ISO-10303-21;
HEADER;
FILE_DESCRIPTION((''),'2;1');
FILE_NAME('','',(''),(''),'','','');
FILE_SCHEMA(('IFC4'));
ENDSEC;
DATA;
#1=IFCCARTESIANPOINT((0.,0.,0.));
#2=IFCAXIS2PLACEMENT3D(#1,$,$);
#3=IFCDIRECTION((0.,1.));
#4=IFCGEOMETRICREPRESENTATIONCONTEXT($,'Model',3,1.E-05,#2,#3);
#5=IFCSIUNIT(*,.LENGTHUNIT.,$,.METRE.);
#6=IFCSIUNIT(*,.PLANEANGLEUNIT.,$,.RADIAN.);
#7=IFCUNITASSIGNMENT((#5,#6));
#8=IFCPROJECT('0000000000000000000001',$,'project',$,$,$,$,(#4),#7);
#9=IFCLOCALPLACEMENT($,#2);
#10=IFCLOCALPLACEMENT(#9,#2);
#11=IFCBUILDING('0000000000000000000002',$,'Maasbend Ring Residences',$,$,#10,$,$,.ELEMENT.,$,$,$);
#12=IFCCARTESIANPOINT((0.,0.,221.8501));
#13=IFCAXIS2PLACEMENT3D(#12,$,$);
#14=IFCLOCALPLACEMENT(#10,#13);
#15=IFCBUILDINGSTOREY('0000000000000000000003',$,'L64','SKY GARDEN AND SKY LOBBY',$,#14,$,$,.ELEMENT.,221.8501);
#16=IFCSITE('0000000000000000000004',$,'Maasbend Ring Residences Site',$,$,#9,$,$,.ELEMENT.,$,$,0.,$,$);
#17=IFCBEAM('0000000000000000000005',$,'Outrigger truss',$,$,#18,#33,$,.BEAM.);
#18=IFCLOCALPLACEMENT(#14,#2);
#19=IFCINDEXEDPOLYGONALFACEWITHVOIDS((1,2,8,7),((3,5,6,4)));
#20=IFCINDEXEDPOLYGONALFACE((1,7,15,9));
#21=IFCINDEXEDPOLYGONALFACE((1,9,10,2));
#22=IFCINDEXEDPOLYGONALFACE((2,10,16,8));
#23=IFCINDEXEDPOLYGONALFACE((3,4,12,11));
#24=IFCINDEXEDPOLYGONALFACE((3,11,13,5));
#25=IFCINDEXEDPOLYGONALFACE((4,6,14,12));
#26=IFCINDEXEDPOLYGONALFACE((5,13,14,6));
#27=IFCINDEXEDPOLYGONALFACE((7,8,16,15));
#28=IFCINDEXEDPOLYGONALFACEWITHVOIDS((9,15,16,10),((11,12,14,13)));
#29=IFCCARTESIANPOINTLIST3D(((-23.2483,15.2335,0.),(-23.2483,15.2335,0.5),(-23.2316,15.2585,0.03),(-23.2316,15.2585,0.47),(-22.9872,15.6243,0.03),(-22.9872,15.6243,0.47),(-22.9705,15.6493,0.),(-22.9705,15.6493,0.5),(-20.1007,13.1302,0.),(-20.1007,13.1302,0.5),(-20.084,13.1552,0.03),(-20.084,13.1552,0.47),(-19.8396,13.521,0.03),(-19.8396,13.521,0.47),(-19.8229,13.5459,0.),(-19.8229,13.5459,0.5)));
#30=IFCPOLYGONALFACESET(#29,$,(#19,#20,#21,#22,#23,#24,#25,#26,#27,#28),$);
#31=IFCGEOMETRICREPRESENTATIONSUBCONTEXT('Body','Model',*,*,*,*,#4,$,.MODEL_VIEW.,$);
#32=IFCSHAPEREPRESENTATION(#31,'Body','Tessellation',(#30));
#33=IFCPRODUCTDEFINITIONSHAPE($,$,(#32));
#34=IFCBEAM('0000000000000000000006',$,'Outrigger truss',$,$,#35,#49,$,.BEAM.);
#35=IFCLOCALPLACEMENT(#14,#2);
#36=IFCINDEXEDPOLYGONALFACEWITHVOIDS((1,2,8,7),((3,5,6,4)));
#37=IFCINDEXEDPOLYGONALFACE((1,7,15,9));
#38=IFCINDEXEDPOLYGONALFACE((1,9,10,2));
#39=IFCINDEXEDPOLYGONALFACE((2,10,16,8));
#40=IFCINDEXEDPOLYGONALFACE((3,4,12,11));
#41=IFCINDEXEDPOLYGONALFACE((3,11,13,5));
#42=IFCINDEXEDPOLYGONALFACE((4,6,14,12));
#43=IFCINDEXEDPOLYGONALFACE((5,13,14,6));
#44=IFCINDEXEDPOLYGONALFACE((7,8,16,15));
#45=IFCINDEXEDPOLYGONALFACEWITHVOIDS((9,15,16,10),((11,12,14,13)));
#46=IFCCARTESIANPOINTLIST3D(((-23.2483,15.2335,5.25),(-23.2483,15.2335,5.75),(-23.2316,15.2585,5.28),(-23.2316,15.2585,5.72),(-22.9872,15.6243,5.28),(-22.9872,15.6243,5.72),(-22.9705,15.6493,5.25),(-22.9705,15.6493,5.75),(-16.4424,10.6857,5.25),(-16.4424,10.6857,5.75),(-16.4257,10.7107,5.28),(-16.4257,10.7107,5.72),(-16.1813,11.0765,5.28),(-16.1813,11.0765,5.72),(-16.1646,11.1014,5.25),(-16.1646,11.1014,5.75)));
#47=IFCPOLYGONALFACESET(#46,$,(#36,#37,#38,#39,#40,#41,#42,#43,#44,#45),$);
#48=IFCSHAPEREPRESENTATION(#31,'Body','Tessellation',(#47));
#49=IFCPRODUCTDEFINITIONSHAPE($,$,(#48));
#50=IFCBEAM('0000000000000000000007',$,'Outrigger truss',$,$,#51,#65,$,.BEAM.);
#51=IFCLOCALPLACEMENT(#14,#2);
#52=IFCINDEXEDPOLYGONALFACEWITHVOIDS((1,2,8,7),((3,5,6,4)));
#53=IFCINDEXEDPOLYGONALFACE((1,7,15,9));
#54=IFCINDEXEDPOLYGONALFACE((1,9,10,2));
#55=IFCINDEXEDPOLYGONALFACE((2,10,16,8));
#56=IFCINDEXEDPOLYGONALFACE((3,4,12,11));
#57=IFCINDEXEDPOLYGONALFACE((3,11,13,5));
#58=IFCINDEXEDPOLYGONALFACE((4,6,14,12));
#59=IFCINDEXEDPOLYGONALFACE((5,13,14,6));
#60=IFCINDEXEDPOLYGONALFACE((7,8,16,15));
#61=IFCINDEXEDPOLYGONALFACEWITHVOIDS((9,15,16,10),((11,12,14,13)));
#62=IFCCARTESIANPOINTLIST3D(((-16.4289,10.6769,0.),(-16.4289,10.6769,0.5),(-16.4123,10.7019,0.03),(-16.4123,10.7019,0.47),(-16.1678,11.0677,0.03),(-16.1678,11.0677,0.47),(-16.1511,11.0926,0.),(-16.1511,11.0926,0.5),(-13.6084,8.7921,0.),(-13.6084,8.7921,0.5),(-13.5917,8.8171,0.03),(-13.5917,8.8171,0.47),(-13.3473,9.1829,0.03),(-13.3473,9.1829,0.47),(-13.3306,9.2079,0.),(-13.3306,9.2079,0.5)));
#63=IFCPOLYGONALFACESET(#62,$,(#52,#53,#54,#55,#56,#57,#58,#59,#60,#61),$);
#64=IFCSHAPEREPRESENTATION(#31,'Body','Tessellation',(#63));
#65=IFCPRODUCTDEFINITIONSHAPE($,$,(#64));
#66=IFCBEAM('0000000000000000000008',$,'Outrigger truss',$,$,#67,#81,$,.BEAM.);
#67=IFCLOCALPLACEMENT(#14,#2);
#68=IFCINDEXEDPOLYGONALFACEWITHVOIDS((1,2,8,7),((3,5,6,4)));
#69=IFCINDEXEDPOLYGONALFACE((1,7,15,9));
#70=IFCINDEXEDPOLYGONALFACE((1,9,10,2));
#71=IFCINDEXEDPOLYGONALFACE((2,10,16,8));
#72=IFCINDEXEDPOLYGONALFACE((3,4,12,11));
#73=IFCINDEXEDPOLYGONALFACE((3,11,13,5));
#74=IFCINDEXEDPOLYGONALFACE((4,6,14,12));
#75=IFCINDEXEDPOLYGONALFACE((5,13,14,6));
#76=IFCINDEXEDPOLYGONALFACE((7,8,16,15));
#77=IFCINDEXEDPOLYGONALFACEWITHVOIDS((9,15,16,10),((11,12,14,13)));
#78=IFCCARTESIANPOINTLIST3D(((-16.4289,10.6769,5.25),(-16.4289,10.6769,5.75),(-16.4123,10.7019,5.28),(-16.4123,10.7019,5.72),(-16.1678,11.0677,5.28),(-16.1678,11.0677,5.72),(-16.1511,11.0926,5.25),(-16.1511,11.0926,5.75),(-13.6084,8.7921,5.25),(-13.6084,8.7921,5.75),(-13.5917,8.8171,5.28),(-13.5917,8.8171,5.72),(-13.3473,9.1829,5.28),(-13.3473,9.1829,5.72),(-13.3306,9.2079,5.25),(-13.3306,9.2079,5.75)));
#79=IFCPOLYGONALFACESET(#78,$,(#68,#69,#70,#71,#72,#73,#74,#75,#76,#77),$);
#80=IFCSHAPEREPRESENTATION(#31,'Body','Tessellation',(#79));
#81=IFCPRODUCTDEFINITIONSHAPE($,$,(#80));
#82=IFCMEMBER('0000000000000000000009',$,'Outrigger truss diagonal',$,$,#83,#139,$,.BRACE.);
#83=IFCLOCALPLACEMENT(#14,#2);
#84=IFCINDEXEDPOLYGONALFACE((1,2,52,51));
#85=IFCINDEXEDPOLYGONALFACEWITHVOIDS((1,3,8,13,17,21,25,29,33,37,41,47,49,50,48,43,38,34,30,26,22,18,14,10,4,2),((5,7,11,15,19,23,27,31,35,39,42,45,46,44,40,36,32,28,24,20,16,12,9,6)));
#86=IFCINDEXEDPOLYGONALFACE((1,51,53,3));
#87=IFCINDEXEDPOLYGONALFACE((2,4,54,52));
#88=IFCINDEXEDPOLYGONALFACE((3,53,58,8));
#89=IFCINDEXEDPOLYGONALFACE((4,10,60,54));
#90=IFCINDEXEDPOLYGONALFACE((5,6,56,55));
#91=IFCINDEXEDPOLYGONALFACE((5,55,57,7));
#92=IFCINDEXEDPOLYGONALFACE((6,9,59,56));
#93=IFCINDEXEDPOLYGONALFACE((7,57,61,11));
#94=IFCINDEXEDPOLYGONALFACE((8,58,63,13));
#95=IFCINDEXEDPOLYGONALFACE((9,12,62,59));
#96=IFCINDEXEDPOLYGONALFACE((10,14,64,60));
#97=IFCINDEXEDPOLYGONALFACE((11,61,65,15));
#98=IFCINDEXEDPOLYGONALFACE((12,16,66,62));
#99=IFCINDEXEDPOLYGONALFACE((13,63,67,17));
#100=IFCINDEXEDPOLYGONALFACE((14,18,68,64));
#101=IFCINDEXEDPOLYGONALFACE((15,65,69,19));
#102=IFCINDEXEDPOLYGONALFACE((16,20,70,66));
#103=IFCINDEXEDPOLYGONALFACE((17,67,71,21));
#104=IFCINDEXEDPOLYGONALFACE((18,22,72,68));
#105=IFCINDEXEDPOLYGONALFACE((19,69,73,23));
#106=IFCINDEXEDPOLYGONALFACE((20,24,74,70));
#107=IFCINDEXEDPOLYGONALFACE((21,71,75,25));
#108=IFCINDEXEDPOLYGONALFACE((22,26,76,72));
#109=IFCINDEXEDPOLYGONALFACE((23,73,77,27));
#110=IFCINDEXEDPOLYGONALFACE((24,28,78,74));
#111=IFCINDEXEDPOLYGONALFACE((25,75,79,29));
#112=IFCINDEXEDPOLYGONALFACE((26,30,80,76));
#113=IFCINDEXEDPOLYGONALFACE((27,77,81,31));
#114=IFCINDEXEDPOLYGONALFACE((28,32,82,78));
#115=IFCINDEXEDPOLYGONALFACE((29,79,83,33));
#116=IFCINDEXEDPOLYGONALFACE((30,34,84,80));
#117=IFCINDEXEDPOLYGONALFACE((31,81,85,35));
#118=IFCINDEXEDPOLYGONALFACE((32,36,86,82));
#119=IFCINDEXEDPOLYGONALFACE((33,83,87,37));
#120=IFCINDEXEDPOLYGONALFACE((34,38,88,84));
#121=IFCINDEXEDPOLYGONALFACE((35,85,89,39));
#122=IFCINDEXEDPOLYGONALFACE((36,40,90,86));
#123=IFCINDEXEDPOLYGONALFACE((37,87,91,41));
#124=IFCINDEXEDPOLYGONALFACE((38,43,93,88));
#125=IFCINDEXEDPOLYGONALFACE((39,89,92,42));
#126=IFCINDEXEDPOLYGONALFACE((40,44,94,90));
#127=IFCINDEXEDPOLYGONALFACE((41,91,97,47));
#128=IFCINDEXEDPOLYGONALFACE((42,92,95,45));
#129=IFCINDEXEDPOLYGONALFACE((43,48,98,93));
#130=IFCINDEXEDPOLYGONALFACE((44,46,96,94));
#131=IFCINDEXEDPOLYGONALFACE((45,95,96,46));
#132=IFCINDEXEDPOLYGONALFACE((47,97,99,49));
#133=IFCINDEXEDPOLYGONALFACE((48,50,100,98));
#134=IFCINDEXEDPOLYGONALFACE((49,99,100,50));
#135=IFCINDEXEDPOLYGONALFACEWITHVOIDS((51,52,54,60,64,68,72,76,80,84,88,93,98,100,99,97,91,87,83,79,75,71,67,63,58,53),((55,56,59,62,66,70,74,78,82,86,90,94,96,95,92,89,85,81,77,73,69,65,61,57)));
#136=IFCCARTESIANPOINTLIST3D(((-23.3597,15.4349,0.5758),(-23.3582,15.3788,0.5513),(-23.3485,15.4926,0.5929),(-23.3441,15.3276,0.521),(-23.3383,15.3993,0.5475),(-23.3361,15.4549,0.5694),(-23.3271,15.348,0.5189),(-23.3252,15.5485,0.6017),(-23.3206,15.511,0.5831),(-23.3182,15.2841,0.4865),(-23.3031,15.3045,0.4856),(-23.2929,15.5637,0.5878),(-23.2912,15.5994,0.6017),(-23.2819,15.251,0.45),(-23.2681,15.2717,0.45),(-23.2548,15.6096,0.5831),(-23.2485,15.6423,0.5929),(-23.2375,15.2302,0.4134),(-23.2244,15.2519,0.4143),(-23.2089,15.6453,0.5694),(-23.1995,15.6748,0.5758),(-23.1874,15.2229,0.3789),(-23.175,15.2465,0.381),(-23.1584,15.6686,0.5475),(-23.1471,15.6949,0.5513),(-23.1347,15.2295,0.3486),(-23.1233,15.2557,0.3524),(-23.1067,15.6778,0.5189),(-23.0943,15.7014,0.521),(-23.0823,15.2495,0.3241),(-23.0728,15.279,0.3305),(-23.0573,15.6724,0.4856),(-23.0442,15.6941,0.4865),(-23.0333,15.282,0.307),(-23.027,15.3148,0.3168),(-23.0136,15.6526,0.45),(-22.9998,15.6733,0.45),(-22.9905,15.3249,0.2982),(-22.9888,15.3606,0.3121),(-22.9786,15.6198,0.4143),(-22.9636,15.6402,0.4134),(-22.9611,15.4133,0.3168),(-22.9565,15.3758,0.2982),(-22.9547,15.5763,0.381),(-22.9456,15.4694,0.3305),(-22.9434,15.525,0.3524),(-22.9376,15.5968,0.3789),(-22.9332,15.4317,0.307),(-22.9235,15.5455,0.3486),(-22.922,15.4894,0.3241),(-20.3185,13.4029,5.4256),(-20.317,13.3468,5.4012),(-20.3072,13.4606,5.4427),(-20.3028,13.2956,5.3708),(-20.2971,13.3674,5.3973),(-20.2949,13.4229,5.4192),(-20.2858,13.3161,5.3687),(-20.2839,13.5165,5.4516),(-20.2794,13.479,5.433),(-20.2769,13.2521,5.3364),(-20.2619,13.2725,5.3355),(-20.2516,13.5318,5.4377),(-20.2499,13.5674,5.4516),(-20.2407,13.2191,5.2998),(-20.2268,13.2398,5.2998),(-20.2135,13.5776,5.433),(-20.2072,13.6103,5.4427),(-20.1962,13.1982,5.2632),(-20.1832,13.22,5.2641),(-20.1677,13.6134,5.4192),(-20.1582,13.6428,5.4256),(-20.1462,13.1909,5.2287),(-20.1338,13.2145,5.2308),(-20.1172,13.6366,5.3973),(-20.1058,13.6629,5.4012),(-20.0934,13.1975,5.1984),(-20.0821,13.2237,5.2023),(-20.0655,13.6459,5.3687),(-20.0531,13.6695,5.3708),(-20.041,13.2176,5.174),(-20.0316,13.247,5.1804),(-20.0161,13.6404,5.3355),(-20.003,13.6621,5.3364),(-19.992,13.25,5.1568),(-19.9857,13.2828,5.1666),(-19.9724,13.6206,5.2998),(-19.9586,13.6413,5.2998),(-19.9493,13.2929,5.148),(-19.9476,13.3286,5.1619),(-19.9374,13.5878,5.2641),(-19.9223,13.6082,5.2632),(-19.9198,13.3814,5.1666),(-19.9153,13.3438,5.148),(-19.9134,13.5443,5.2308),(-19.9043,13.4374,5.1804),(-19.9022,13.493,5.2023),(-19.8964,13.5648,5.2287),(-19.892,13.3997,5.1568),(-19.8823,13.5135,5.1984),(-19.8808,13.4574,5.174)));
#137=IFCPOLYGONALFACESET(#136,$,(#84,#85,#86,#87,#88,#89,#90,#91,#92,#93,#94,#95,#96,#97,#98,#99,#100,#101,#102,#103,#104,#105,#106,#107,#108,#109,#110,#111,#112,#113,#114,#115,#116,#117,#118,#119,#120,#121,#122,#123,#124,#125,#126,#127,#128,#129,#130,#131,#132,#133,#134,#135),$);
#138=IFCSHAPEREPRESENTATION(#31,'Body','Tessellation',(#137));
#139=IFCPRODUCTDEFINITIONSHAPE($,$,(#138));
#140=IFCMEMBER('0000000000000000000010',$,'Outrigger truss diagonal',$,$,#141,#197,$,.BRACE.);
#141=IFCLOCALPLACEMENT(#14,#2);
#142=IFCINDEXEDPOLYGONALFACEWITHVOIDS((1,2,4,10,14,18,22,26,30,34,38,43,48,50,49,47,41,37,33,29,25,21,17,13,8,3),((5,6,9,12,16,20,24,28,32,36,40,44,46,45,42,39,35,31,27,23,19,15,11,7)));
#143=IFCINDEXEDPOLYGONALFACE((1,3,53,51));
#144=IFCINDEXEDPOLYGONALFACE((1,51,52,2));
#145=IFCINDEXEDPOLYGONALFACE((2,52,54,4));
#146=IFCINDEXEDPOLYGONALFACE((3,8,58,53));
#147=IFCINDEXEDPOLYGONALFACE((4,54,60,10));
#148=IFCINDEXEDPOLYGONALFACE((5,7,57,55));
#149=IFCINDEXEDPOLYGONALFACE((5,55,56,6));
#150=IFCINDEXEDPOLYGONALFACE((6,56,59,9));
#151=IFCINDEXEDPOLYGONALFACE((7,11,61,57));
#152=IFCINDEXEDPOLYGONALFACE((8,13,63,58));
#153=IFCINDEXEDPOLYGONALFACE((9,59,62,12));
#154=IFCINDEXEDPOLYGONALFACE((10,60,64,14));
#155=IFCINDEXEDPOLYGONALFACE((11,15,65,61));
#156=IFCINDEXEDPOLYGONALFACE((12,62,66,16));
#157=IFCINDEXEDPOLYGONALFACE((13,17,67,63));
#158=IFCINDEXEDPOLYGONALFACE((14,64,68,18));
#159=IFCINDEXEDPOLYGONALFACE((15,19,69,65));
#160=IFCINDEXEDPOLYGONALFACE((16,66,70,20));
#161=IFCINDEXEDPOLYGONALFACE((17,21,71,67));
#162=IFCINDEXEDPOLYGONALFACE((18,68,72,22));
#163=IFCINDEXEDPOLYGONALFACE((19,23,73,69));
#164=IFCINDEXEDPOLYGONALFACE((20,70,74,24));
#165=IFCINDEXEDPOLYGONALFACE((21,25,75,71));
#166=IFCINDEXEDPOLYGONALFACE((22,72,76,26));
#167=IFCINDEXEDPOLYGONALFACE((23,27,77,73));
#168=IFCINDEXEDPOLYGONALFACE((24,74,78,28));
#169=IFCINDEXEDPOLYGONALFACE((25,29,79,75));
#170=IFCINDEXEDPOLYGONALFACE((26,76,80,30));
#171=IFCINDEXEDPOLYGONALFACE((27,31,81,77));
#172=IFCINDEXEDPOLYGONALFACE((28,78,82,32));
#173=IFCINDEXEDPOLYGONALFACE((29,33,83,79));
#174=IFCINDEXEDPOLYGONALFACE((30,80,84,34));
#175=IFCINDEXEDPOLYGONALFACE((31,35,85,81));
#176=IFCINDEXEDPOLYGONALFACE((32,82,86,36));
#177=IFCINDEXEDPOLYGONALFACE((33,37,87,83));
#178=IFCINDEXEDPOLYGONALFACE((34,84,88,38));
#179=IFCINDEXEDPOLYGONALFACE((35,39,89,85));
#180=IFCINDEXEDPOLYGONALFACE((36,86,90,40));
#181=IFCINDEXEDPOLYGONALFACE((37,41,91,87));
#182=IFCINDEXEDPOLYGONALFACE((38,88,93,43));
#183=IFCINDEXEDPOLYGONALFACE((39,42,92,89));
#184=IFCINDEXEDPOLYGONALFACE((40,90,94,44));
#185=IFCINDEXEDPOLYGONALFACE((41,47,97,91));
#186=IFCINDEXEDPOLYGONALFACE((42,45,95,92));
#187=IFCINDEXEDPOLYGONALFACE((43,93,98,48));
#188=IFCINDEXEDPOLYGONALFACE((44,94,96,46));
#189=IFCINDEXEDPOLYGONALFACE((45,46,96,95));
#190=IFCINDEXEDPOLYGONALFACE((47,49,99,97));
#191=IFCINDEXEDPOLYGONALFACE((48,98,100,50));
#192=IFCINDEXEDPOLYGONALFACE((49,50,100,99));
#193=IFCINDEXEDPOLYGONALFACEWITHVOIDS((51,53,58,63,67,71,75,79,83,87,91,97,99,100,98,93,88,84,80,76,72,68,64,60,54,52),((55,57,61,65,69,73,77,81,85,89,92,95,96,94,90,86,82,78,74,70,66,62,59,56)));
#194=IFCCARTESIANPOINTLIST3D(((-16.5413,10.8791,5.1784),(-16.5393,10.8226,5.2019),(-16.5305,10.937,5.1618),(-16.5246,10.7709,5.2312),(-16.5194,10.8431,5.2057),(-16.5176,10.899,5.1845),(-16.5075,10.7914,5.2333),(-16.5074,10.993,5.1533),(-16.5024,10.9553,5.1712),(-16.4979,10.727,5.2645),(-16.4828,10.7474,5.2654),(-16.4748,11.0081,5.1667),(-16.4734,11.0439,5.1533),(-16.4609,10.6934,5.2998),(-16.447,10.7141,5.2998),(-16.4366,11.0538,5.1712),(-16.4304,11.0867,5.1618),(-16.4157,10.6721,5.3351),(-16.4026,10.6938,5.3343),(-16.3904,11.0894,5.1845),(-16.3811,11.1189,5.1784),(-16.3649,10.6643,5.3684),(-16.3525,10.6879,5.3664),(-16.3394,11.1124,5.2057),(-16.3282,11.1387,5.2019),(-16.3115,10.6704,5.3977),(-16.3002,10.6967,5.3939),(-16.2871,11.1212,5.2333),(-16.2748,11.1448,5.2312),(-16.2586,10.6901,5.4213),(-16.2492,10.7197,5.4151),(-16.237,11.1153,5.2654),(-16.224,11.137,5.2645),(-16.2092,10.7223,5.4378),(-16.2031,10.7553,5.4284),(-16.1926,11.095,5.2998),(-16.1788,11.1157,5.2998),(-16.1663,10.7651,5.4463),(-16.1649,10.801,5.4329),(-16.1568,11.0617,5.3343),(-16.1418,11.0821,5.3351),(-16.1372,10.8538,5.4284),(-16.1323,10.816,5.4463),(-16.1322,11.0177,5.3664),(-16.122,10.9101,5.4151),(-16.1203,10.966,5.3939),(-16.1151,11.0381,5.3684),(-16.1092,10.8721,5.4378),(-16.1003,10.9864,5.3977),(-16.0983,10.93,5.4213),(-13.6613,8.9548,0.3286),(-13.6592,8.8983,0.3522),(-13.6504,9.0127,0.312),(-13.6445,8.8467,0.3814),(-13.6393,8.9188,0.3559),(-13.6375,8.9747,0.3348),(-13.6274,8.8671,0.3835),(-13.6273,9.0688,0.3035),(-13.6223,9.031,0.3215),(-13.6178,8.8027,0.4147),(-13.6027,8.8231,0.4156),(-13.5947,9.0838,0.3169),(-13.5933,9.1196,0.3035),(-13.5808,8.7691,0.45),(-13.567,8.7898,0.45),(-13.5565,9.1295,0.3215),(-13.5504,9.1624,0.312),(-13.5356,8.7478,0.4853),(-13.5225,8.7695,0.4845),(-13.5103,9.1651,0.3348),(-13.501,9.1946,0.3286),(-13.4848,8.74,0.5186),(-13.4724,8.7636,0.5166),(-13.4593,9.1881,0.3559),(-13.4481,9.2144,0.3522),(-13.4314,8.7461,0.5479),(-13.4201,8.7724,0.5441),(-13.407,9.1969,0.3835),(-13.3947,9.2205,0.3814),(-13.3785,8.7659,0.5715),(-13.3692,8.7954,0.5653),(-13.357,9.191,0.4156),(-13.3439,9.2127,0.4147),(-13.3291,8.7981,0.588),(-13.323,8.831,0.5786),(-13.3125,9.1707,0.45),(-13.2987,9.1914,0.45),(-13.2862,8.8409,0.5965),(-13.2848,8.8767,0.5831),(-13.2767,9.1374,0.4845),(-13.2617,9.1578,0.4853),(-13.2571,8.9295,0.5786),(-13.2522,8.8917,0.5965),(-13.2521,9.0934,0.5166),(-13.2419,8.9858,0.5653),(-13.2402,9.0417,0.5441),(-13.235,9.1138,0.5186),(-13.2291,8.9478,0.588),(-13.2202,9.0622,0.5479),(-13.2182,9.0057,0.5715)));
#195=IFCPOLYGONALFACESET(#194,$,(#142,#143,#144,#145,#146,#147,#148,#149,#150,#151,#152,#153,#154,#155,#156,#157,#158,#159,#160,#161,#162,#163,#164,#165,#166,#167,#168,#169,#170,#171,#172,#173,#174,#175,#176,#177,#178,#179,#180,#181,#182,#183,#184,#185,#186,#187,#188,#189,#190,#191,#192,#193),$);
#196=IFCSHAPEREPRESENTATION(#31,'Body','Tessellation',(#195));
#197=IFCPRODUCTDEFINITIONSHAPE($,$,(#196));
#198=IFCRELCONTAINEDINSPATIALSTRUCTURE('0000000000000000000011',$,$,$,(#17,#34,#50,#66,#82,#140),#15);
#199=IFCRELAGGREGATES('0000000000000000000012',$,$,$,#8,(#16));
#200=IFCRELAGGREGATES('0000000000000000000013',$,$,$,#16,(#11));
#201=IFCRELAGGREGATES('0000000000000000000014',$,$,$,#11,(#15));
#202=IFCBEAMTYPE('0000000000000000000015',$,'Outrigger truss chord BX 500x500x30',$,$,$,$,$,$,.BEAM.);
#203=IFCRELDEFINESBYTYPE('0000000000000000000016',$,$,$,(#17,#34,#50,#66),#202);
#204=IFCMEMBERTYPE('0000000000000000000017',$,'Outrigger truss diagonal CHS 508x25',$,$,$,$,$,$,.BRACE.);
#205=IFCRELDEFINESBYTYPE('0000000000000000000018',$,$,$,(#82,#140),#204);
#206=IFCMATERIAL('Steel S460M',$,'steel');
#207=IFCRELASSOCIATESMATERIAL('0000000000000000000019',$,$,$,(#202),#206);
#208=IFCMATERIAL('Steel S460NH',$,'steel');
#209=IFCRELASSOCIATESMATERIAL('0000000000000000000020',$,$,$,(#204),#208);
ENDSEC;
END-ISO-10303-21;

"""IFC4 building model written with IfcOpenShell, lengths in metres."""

from ifc_helpers import new_model, si_unit, direction, frame, origin, origin_2d, place, context, subcontext, project, spatial, hollow_rectangle, hollow_circle, extrude, material, material_profile, profile_set, type_object, element, save


model = new_model("IFC4")

# Units and contexts
model_context = context("Model", 3, precision=1e-05, world=origin(), true_north=direction((0.0, 1.0)))
body_context = subcontext(model_context, "Body", "Model", "MODEL_VIEW")
ifc_project = project(units=[si_unit("LENGTHUNIT", "METRE"), si_unit("PLANEANGLEUNIT", "RADIAN")], contexts=[model_context])

# Site, building, storey
site_placement = place(None, origin())
site = spatial("IfcSite", under=ifc_project, at=site_placement, Name="Maasbend Ring Residences Site", CompositionType="ELEMENT", RefElevation=0.0)
building_placement = place(site_placement, origin())
building = spatial("IfcBuilding", under=site, at=building_placement, Name="Maasbend Ring Residences", CompositionType="ELEMENT")
storey_placement = place(building_placement, frame((0.0, 0.0, 221.8501)))
storey = spatial("IfcBuildingStorey", under=building, at=storey_placement, Name="L64", Description="SKY GARDEN AND SKY LOBBY", CompositionType="ELEMENT", Elevation=221.8501)

# Beams
ifc_material_1 = material(Name="Steel S460M", Category="steel")
ifc_material_profile_1 = material_profile(ifc_material_1, hollow_rectangle(XDim=0.5, YDim=0.5, WallThickness=0.03, at=origin_2d()), Name="Outrigger truss chord BX 500x500x30")
ifc_profile_set_1 = profile_set([ifc_material_profile_1], Name="Steel S460M")
beam_type_1 = type_object("IfcBeamType", Name="Outrigger truss chord BX 500x500x30", PredefinedType="BEAM", material=ifc_profile_set_1)
beam_1_placement = place(storey_placement, frame((-23.1094, 15.4414, 0.25), z_axis=(0.831445, -0.555608, 0.0), x_axis=(0.555608, 0.831445, 0.0)))
element("IfcBeam", 1, at=beam_1_placement, inside=storey, type_object=beam_type_1, Name="Outrigger truss", PredefinedType="BEAM", context=body_context, shape_type="SweptSolid", body=[
    extrude(hollow_rectangle(XDim=0.5, YDim=0.5, WallThickness=0.03, at=origin_2d()), origin(), (0.0, 0.0, 1.0), 3.7856),
])
beam_2_placement = place(storey_placement, frame((-23.1094, 15.4414, 5.5), z_axis=(0.831453, -0.555595, 0.0), x_axis=(0.555595, 0.831453, 0.0)))
element("IfcBeam", 2, at=beam_2_placement, inside=storey, type_object=beam_type_1, Name="Outrigger truss", PredefinedType="BEAM", context=body_context, shape_type="SweptSolid", body=[
    extrude(hollow_rectangle(XDim=0.5, YDim=0.5, WallThickness=0.03, at=origin_2d()), origin(), (0.0, 0.0, 1.0), 8.1855),
])
for number, where, z_axis, x_axis, name in (
    (3, (-16.29, 10.8848, 0.25), (0.831452, -0.555597, 0.0), (0.555597, 0.831452, 0.0), "Outrigger truss"),
    (4, (-16.29, 10.8848, 5.5), (0.831452, -0.555597, 0.0), (0.555597, 0.831452, 0.0), "Outrigger truss"),
):
    element("IfcBeam", number, at=place(storey_placement, frame(where, z_axis=z_axis, x_axis=x_axis)), inside=storey, type_object=beam_type_1, Name=name, PredefinedType="BEAM", context=body_context, shape_type="SweptSolid", body=[
        extrude(hollow_rectangle(XDim=0.5, YDim=0.5, WallThickness=0.03, at=origin_2d()), origin(), (0.0, 0.0, 1.0), 3.3923),
    ])

# Members
ifc_material_2 = material(Name="Steel S460NH", Category="steel")
ifc_material_profile_2 = material_profile(ifc_material_2, hollow_circle(Radius=0.2539, WallThickness=0.0249, at=origin_2d()), Name="Outrigger truss diagonal CHS 508x25")
ifc_profile_set_2 = profile_set([ifc_material_profile_2], Name="Steel S460NH")
member_type_1 = type_object("IfcMemberType", Name="Outrigger truss diagonal CHS 508x25", PredefinedType="BRACE", material=ifc_profile_set_2)
member_1_placement = place(storey_placement, frame((-23.1409, 15.4622, 0.45), z_axis=(0.500662, -0.334511, 0.798398), x_axis=(0.555547, 0.831485, 0.0)))
element("IfcMember", 5, at=member_1_placement, inside=storey, type_object=member_type_1, Name="Outrigger truss diagonal", PredefinedType="BRACE", context=body_context, shape_type="SweptSolid", body=[
    extrude(hollow_circle(Radius=0.2539, WallThickness=0.0249, at=origin_2d()), origin(), (0.0, 0.0, 1.0), 6.0745),
])
member_2_placement = place(storey_placement, frame((-16.3198, 10.9045, 5.2998), z_axis=(0.483259, -0.322883, -0.813761), x_axis=(0.555546, 0.831486, 0.0)))
element("IfcMember", 6, at=member_2_placement, inside=storey, type_object=member_type_1, Name="Outrigger truss diagonal", PredefinedType="BRACE", context=body_context, shape_type="SweptSolid", body=[
    extrude(hollow_circle(Radius=0.2539, WallThickness=0.0249, at=origin_2d()), origin(), (0.0, 0.0, 1.0), 5.9597),
])

save(model, "model.ifc")
